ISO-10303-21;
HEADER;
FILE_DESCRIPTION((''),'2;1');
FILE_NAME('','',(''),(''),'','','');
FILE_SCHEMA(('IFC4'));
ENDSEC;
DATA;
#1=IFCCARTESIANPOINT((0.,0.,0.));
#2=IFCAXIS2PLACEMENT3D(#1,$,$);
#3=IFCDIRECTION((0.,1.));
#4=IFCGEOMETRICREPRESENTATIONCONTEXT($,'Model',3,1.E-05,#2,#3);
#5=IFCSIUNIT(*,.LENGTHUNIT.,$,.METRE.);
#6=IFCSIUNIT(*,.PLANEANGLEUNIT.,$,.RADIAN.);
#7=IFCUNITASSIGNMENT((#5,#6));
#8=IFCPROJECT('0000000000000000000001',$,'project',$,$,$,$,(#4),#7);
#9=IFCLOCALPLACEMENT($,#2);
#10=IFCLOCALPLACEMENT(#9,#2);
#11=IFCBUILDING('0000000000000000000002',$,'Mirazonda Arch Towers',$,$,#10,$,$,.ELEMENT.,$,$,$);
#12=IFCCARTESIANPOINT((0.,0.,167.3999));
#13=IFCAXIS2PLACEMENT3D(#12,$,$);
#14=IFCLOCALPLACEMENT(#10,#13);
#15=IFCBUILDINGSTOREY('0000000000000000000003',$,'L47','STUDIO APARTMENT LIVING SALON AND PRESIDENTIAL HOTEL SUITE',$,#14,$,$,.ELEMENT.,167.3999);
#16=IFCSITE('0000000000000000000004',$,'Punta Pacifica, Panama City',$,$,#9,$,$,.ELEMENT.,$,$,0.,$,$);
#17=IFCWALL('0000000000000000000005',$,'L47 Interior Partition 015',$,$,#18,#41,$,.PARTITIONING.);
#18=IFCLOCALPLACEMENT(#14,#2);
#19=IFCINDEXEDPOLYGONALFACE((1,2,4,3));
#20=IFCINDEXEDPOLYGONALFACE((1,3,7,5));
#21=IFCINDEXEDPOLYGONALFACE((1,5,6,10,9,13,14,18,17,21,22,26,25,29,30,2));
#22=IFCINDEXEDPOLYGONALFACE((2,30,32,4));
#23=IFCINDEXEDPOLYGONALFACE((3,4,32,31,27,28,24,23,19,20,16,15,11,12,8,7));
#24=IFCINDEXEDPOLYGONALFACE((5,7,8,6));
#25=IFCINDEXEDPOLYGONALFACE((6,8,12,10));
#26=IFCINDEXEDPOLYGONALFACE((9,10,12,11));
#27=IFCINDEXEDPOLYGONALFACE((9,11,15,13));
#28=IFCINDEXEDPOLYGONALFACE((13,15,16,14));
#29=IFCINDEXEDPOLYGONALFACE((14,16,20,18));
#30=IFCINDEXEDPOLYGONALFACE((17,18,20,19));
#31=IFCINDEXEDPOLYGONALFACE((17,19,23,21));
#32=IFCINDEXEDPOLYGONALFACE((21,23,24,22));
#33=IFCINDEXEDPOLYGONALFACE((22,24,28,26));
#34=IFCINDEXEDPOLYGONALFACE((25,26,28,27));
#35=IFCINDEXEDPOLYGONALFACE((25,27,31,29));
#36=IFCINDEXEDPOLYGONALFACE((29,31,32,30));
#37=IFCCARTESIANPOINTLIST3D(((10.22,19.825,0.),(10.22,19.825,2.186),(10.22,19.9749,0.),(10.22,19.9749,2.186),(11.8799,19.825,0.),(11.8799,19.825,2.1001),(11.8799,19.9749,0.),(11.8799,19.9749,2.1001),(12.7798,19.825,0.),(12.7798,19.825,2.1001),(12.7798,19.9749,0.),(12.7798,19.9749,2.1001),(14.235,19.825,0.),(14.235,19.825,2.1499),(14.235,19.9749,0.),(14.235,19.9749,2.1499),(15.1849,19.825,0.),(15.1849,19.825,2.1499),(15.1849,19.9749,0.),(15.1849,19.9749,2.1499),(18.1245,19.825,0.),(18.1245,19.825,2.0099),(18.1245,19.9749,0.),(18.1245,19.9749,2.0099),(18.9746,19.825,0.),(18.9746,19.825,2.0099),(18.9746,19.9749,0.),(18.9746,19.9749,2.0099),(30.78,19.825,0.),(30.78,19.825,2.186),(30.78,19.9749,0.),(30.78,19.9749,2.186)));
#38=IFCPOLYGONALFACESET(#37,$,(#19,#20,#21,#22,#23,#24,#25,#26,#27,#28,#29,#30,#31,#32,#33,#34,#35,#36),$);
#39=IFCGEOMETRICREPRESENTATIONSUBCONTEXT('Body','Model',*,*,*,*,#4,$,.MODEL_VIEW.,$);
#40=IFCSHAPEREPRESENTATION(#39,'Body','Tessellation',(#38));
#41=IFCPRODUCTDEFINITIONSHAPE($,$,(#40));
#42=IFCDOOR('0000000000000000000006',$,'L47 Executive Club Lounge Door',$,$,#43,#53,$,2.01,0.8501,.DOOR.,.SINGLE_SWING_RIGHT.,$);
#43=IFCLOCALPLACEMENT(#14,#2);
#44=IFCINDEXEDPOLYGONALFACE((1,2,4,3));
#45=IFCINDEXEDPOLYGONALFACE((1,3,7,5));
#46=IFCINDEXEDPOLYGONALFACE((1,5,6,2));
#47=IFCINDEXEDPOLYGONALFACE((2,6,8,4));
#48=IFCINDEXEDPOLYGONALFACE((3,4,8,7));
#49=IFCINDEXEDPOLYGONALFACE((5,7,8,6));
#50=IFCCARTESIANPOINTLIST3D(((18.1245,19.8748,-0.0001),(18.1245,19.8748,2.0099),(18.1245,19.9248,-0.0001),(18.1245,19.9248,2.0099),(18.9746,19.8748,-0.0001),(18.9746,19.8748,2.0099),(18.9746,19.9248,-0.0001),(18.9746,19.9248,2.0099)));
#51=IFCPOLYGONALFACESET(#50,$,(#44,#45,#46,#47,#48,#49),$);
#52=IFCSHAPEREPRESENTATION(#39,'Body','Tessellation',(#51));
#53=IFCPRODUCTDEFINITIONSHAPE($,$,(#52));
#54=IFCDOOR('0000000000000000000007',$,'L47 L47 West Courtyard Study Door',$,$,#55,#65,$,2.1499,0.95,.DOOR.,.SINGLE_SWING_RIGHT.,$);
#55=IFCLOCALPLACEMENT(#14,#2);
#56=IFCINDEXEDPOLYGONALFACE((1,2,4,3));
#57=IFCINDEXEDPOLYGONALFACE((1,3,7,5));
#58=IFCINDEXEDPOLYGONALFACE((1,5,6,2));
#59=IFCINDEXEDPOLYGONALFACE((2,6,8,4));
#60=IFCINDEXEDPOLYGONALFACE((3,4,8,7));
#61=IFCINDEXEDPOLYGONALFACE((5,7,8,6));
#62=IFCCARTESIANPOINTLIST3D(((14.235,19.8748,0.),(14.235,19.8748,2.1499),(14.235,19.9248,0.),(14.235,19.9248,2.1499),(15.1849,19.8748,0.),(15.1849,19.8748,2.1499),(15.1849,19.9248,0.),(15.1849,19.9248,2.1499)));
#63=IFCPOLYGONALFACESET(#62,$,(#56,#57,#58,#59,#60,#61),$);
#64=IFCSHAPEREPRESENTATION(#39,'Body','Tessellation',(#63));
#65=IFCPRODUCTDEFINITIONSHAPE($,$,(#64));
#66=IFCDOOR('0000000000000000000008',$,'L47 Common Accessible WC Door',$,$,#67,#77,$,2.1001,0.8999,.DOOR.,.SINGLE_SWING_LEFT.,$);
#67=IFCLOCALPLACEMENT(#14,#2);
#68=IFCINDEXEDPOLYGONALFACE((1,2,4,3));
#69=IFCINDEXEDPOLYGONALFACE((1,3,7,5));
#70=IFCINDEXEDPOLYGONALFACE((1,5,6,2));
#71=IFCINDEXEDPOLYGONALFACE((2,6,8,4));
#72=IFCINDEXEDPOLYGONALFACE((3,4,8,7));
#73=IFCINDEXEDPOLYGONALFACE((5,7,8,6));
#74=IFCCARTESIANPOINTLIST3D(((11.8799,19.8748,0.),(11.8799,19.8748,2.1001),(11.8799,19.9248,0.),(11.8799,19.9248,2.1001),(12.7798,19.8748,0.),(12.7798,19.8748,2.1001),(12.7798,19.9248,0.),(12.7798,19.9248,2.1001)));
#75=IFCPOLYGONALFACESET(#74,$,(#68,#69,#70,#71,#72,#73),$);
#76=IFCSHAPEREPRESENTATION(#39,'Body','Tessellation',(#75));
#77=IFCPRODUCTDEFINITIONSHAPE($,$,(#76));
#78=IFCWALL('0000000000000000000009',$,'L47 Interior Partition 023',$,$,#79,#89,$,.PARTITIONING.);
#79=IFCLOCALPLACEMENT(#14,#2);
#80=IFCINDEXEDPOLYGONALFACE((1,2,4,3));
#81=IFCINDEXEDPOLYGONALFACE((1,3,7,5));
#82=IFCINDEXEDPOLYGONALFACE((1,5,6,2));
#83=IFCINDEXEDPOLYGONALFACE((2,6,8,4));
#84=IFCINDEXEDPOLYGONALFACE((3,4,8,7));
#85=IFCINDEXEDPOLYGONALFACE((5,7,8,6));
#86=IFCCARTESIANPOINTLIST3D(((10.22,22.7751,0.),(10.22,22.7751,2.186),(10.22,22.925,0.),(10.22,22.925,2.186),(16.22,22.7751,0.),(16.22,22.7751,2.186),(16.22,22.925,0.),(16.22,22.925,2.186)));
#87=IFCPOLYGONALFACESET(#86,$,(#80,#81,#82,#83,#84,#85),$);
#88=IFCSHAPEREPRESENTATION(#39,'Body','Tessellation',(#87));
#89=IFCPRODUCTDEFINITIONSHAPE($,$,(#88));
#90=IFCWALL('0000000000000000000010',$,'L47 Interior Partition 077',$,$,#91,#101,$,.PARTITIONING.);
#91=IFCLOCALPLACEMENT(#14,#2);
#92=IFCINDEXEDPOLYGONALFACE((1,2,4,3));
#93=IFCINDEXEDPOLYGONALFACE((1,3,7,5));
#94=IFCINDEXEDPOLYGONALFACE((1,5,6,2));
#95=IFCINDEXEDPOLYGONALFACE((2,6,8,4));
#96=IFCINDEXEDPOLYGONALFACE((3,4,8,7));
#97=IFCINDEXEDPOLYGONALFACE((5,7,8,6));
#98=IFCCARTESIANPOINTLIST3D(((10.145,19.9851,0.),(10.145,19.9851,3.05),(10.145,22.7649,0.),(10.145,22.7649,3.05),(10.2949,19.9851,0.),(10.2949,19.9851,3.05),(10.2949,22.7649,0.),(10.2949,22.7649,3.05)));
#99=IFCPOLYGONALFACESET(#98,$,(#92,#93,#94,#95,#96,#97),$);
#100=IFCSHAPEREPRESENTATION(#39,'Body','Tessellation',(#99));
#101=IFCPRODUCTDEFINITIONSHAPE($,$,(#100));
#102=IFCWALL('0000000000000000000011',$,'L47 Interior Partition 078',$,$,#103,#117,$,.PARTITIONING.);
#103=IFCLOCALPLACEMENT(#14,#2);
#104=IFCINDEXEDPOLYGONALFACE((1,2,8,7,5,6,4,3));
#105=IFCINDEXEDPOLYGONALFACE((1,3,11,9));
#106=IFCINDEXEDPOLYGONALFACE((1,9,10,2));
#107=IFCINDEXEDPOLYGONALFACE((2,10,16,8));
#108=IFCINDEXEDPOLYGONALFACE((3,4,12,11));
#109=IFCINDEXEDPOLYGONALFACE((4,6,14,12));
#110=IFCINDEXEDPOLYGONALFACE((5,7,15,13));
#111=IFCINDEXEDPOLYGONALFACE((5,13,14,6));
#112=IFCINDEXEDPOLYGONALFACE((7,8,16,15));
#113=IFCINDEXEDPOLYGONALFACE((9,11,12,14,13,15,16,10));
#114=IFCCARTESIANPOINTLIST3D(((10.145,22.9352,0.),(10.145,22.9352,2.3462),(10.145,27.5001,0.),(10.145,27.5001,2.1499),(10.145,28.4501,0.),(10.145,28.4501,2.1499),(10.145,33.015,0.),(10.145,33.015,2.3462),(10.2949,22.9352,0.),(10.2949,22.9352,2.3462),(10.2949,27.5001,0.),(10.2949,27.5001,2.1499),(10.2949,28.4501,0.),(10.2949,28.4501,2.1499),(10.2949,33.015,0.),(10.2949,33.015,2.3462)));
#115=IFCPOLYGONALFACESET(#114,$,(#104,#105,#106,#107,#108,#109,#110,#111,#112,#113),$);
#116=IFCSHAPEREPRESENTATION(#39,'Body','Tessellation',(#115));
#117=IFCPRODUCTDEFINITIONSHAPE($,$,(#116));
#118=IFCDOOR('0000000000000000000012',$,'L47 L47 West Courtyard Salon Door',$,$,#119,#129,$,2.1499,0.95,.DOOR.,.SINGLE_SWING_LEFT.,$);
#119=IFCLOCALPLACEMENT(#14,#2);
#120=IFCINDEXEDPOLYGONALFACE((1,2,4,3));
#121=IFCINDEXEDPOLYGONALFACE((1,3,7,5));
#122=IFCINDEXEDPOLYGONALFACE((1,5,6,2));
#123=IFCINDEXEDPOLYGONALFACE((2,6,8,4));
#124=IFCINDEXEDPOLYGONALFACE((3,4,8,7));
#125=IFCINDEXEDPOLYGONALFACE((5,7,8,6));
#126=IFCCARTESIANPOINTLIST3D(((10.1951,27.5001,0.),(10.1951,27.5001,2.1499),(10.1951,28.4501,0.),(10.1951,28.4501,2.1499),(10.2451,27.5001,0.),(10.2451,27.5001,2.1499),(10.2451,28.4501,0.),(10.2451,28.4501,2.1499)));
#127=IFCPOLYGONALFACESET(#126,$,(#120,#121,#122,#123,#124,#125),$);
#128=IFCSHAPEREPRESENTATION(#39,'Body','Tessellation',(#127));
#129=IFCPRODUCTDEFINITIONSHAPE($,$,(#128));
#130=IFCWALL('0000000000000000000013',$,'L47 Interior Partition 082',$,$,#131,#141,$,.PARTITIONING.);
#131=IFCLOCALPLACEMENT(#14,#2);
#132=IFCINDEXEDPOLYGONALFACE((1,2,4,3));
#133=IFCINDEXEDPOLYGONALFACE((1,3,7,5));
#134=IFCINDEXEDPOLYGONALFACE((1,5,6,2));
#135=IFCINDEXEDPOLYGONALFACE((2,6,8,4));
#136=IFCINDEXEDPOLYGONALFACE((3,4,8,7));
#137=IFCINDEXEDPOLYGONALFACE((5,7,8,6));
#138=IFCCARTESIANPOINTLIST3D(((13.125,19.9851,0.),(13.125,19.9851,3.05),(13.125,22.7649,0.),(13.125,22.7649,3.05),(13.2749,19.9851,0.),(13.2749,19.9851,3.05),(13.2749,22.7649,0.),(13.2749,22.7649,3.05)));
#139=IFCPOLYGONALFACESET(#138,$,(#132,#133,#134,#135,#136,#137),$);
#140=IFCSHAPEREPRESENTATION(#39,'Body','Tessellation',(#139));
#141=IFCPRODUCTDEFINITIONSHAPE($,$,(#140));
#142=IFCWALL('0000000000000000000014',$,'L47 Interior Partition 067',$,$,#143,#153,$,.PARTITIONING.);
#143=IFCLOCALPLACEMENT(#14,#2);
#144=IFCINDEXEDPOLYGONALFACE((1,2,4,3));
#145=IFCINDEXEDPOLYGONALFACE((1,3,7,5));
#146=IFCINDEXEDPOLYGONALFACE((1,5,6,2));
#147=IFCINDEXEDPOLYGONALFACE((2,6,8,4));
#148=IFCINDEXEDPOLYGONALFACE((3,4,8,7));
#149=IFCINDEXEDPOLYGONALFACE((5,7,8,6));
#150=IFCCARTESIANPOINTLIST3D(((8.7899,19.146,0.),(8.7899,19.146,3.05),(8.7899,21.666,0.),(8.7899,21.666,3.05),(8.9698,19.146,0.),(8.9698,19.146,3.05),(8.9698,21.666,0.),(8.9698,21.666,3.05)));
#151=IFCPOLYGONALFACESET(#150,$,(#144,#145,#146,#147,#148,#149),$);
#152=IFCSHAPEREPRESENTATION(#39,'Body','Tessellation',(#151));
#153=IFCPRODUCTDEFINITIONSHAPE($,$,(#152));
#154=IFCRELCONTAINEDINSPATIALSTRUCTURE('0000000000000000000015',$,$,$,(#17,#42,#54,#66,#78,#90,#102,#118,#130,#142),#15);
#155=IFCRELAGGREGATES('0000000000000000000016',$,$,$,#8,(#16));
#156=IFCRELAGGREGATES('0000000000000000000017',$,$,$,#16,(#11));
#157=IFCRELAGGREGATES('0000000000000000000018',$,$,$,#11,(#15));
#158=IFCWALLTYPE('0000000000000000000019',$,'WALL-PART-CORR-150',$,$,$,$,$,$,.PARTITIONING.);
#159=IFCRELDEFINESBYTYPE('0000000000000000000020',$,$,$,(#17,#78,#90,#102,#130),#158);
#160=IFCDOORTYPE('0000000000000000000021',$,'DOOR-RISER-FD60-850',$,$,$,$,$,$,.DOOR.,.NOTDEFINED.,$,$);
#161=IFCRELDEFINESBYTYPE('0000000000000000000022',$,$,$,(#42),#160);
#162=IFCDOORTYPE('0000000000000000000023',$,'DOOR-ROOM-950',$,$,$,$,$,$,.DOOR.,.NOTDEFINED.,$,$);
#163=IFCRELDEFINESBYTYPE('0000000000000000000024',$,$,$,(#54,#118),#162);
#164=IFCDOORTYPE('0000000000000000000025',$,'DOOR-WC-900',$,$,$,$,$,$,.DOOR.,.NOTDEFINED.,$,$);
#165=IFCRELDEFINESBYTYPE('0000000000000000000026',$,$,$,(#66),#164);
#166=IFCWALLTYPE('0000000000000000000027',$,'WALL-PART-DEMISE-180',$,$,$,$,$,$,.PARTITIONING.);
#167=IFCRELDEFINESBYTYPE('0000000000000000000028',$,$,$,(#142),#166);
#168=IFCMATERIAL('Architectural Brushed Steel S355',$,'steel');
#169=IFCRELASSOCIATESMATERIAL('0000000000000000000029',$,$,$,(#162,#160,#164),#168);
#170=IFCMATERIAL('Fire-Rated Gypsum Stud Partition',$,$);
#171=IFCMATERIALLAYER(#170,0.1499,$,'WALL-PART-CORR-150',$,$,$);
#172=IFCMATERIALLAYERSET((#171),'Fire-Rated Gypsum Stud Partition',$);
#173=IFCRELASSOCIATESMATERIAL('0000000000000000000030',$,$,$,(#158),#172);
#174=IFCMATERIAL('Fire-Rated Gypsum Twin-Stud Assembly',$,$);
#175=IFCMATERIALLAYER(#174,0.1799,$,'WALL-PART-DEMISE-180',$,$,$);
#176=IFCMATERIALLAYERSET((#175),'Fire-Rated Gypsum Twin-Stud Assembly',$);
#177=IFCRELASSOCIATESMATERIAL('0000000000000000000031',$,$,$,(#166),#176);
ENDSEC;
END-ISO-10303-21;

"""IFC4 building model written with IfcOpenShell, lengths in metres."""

from ifc_helpers import new_model, si_unit, direction, frame, frame_2d, origin, place, context, subcontext, project, spatial, rectangle, extrude, material, layer, layer_set, type_object, element, fill, save


model = new_model("IFC4")

# Units and contexts
model_context = context("Model", 3, precision=1e-05, world=origin(), true_north=direction((0.0, 1.0)))
body_context = subcontext(model_context, "Body", "Model", "MODEL_VIEW")
ifc_project = project(units=[si_unit("LENGTHUNIT", "METRE"), si_unit("PLANEANGLEUNIT", "RADIAN")], contexts=[model_context])

# Site, building, storey
site_placement = place(None, origin())
site = spatial("IfcSite", under=ifc_project, at=site_placement, Name="Punta Pacifica, Panama City", CompositionType="ELEMENT", RefElevation=0.0)
building_placement = place(site_placement, origin())
building = spatial("IfcBuilding", under=site, at=building_placement, Name="Mirazonda Arch Towers", CompositionType="ELEMENT")
storey_placement = place(building_placement, frame((0.0, 0.0, 167.3999)))
storey = spatial("IfcBuildingStorey", under=building, at=storey_placement, Name="L47", Description="STUDIO APARTMENT LIVING SALON AND PRESIDENTIAL HOTEL SUITE", CompositionType="ELEMENT", Elevation=167.3999)

# Shared definitions
ifc_material_1 = material(Name="Architectural Brushed Steel S355", Category="steel")

# Shared definitions
door_type_1 = type_object("IfcDoorType", Name="DOOR-ROOM-950", OperationType="NOTDEFINED", PredefinedType="DOOR", material=ifc_material_1)

# Shared definitions
ifc_material_2 = material(Name="Fire-Rated Gypsum Stud Partition")
ifc_layer_1 = layer(ifc_material_2, 0.1499, Name="WALL-PART-CORR-150")
ifc_layer_set_1 = layer_set([ifc_layer_1], Name="Fire-Rated Gypsum Stud Partition")
wall_type_1 = type_object("IfcWallType", Name="WALL-PART-CORR-150", PredefinedType="PARTITIONING", material=ifc_layer_set_1)

# Wall, openings, doors
wall_1_placement = place(storey_placement, frame((10.22, 19.8999, 0.0), z_axis=(0.0, 0.0, 1.0), x_axis=(1.0, 0.0, 0.0)))
wall_1 = element("IfcWall", 1, at=wall_1_placement, inside=storey, type_object=wall_type_1, Name="L47 Interior Partition 015", PredefinedType="PARTITIONING", context=body_context, shape_type="SweptSolid", body=[
    extrude(rectangle(XDim=20.5601, YDim=0.1499, at=frame_2d((10.28, 0.0))), origin(), (0.0, 0.0, 1.0), 2.186),
])
opening_1_placement = place(wall_1_placement, frame((1.6599, 0.0, 0.0)))
opening_1 = element("IfcOpeningElement", 2, at=opening_1_placement, cuts=wall_1, PredefinedType="OPENING", context=body_context, shape_type="SweptSolid", body=[
    extrude(rectangle(XDim=0.8999, YDim=2.1001, at=frame_2d((0.45, 1.05))), frame((0.0, 0.085, 0.0), z_axis=(0.0, -1.0, 0.0), x_axis=(1.0, 0.0, 0.0)), (0.0, 0.0, 1.0), 0.1699),
])
opening_2_placement = place(wall_1_placement, frame((4.0149, 0.0, 0.0)))
opening_2 = element("IfcOpeningElement", 3, at=opening_2_placement, cuts=wall_1, PredefinedType="OPENING", context=body_context, shape_type="SweptSolid", body=[
    extrude(rectangle(XDim=0.95, YDim=2.1499, at=frame_2d((0.4751, 1.075))), frame((0.0, 0.085, 0.0), z_axis=(0.0, -1.0, 0.0), x_axis=(1.0, 0.0, 0.0)), (0.0, 0.0, 1.0), 0.1699),
])
opening_3_placement = place(wall_1_placement, frame((7.9045, 0.0, 0.0)))
opening_3 = element("IfcOpeningElement", 4, at=opening_3_placement, cuts=wall_1, PredefinedType="OPENING", context=body_context, shape_type="SweptSolid", body=[
    extrude(rectangle(XDim=0.8501, YDim=2.01, at=frame_2d((0.425, 1.0049))), frame((0.0, 0.085, 0.0), z_axis=(0.0, -1.0, 0.0), x_axis=(1.0, 0.0, 0.0)), (0.0, 0.0, 1.0), 0.1699),
])
door_type_2 = type_object("IfcDoorType", Name="DOOR-RISER-FD60-850", OperationType="NOTDEFINED", PredefinedType="DOOR", material=ifc_material_1)
door_1_placement = place(opening_3_placement, origin())
door_1 = element("IfcDoor", 5, at=door_1_placement, inside=storey, type_object=door_type_2, Name="L47 Executive Club Lounge Door", OperationType="SINGLE_SWING_RIGHT", OverallHeight=2.01, OverallWidth=0.8501, PredefinedType="DOOR", context=body_context, shape_type="SweptSolid", body=[
    extrude(rectangle(XDim=0.8501, YDim=2.01, at=frame_2d((0.425, 1.0049))), frame((0.0, 0.0249, 0.0), z_axis=(0.0, -1.0, 0.0), x_axis=(1.0, 0.0, 0.0)), (0.0, 0.0, 1.0), 0.05),
])
fill(opening_3, door_1)
door_2_placement = place(opening_2_placement, origin())
door_2 = element("IfcDoor", 6, at=door_2_placement, inside=storey, type_object=door_type_1, Name="L47 L47 West Courtyard Study Door", OperationType="SINGLE_SWING_RIGHT", OverallHeight=2.1499, OverallWidth=0.95, PredefinedType="DOOR", context=body_context, shape_type="SweptSolid", body=[
    extrude(rectangle(XDim=0.95, YDim=2.1499, at=frame_2d((0.4751, 1.075))), frame((0.0, 0.0249, 0.0), z_axis=(0.0, -1.0, 0.0), x_axis=(1.0, 0.0, 0.0)), (0.0, 0.0, 1.0), 0.05),
])
fill(opening_2, door_2)
door_type_3 = type_object("IfcDoorType", Name="DOOR-WC-900", OperationType="NOTDEFINED", PredefinedType="DOOR", material=ifc_material_1)
door_3_placement = place(opening_1_placement, origin())
door_3 = element("IfcDoor", 7, at=door_3_placement, inside=storey, type_object=door_type_3, Name="L47 Common Accessible WC Door", OperationType="SINGLE_SWING_LEFT", OverallHeight=2.1001, OverallWidth=0.8999, PredefinedType="DOOR", context=body_context, shape_type="SweptSolid", body=[
    extrude(rectangle(XDim=0.8999, YDim=2.1001, at=frame_2d((0.45, 1.05))), frame((0.0, 0.0249, 0.0), z_axis=(0.0, -1.0, 0.0), x_axis=(1.0, 0.0, 0.0)), (0.0, 0.0, 1.0), 0.05),
])
fill(opening_1, door_3)

# Walls
wall_2_placement = place(storey_placement, frame((10.22, 22.8501, 0.0), z_axis=(0.0, 0.0, 1.0), x_axis=(1.0, 0.0, 0.0)))
element("IfcWall", 8, at=wall_2_placement, inside=storey, type_object=wall_type_1, Name="L47 Interior Partition 023", PredefinedType="PARTITIONING", context=body_context, shape_type="SweptSolid", body=[
    extrude(rectangle(XDim=6.0, YDim=0.1499, at=frame_2d((3.0, 0.0))), origin(), (0.0, 0.0, 1.0), 2.186),
])
wall_3_placement = place(storey_placement, frame((10.22, 19.9851, 0.0), z_axis=(0.0, 0.0, 1.0), x_axis=(0.0, 1.0, 0.0)))
element("IfcWall", 9, at=wall_3_placement, inside=storey, type_object=wall_type_1, Name="L47 Interior Partition 077", PredefinedType="PARTITIONING", context=body_context, shape_type="SweptSolid", body=[
    extrude(rectangle(XDim=2.7798, YDim=0.1499, at=frame_2d((1.3899, 0.0))), origin(), (0.0, 0.0, 1.0), 3.05),
])

# Wall, opening, door
wall_4_placement = place(storey_placement, frame((10.22, 22.9351, 0.0), z_axis=(0.0, 0.0, 1.0), x_axis=(0.0, 1.0, 0.0)))
wall_4 = element("IfcWall", 10, at=wall_4_placement, inside=storey, type_object=wall_type_1, Name="L47 Interior Partition 078", PredefinedType="PARTITIONING", context=body_context, shape_type="SweptSolid", body=[
    extrude(rectangle(XDim=10.0798, YDim=0.1499, at=frame_2d((5.04, 0.0))), origin(), (0.0, 0.0, 1.0), 2.3462),
])
opening_4_placement = place(wall_4_placement, frame((4.5649, 0.0, 0.0)))
opening_4 = element("IfcOpeningElement", 11, at=opening_4_placement, cuts=wall_4, PredefinedType="OPENING", context=body_context, shape_type="SweptSolid", body=[
    extrude(rectangle(XDim=0.95, YDim=2.1499, at=frame_2d((0.4751, 1.075))), frame((0.0, 0.085, 0.0), z_axis=(0.0, -1.0, 0.0), x_axis=(1.0, 0.0, 0.0)), (0.0, 0.0, 1.0), 0.1699),
])
door_4_placement = place(opening_4_placement, origin())
door_4 = element("IfcDoor", 12, at=door_4_placement, inside=storey, type_object=door_type_1, Name="L47 L47 West Courtyard Salon Door", OperationType="SINGLE_SWING_LEFT", OverallHeight=2.1499, OverallWidth=0.95, PredefinedType="DOOR", context=body_context, shape_type="SweptSolid", body=[
    extrude(rectangle(XDim=0.95, YDim=2.1499, at=frame_2d((0.4751, 1.075))), frame((0.0, 0.0249, 0.0), z_axis=(0.0, -1.0, 0.0), x_axis=(1.0, 0.0, 0.0)), (0.0, 0.0, 1.0), 0.05),
])
fill(opening_4, door_4)

# Walls
wall_5_placement = place(storey_placement, frame((13.2, 19.9851, 0.0), z_axis=(0.0, 0.0, 1.0), x_axis=(0.0, 1.0, 0.0)))
element("IfcWall", 13, at=wall_5_placement, inside=storey, type_object=wall_type_1, Name="L47 Interior Partition 082", PredefinedType="PARTITIONING", context=body_context, shape_type="SweptSolid", body=[
    extrude(rectangle(XDim=2.7798, YDim=0.1499, at=frame_2d((1.3899, 0.0))), origin(), (0.0, 0.0, 1.0), 3.05),
])
ifc_material_3 = material(Name="Fire-Rated Gypsum Twin-Stud Assembly")
ifc_layer_2 = layer(ifc_material_3, 0.1799, Name="WALL-PART-DEMISE-180")
ifc_layer_set_2 = layer_set([ifc_layer_2], Name="Fire-Rated Gypsum Twin-Stud Assembly")
wall_type_2 = type_object("IfcWallType", Name="WALL-PART-DEMISE-180", PredefinedType="PARTITIONING", material=ifc_layer_set_2)
wall_6_placement = place(storey_placement, frame((8.8799, 19.146, 0.0), z_axis=(0.0, 0.0, 1.0), x_axis=(0.0, 1.0, 0.0)))
element("IfcWall", 14, at=wall_6_placement, inside=storey, type_object=wall_type_2, Name="L47 Interior Partition 067", PredefinedType="PARTITIONING", context=body_context, shape_type="SweptSolid", body=[
    extrude(rectangle(XDim=2.52, YDim=0.1799, at=frame_2d((1.26, 0.0))), origin(), (0.0, 0.0, 1.0), 3.05),
])

save(model, "model.ifc")
